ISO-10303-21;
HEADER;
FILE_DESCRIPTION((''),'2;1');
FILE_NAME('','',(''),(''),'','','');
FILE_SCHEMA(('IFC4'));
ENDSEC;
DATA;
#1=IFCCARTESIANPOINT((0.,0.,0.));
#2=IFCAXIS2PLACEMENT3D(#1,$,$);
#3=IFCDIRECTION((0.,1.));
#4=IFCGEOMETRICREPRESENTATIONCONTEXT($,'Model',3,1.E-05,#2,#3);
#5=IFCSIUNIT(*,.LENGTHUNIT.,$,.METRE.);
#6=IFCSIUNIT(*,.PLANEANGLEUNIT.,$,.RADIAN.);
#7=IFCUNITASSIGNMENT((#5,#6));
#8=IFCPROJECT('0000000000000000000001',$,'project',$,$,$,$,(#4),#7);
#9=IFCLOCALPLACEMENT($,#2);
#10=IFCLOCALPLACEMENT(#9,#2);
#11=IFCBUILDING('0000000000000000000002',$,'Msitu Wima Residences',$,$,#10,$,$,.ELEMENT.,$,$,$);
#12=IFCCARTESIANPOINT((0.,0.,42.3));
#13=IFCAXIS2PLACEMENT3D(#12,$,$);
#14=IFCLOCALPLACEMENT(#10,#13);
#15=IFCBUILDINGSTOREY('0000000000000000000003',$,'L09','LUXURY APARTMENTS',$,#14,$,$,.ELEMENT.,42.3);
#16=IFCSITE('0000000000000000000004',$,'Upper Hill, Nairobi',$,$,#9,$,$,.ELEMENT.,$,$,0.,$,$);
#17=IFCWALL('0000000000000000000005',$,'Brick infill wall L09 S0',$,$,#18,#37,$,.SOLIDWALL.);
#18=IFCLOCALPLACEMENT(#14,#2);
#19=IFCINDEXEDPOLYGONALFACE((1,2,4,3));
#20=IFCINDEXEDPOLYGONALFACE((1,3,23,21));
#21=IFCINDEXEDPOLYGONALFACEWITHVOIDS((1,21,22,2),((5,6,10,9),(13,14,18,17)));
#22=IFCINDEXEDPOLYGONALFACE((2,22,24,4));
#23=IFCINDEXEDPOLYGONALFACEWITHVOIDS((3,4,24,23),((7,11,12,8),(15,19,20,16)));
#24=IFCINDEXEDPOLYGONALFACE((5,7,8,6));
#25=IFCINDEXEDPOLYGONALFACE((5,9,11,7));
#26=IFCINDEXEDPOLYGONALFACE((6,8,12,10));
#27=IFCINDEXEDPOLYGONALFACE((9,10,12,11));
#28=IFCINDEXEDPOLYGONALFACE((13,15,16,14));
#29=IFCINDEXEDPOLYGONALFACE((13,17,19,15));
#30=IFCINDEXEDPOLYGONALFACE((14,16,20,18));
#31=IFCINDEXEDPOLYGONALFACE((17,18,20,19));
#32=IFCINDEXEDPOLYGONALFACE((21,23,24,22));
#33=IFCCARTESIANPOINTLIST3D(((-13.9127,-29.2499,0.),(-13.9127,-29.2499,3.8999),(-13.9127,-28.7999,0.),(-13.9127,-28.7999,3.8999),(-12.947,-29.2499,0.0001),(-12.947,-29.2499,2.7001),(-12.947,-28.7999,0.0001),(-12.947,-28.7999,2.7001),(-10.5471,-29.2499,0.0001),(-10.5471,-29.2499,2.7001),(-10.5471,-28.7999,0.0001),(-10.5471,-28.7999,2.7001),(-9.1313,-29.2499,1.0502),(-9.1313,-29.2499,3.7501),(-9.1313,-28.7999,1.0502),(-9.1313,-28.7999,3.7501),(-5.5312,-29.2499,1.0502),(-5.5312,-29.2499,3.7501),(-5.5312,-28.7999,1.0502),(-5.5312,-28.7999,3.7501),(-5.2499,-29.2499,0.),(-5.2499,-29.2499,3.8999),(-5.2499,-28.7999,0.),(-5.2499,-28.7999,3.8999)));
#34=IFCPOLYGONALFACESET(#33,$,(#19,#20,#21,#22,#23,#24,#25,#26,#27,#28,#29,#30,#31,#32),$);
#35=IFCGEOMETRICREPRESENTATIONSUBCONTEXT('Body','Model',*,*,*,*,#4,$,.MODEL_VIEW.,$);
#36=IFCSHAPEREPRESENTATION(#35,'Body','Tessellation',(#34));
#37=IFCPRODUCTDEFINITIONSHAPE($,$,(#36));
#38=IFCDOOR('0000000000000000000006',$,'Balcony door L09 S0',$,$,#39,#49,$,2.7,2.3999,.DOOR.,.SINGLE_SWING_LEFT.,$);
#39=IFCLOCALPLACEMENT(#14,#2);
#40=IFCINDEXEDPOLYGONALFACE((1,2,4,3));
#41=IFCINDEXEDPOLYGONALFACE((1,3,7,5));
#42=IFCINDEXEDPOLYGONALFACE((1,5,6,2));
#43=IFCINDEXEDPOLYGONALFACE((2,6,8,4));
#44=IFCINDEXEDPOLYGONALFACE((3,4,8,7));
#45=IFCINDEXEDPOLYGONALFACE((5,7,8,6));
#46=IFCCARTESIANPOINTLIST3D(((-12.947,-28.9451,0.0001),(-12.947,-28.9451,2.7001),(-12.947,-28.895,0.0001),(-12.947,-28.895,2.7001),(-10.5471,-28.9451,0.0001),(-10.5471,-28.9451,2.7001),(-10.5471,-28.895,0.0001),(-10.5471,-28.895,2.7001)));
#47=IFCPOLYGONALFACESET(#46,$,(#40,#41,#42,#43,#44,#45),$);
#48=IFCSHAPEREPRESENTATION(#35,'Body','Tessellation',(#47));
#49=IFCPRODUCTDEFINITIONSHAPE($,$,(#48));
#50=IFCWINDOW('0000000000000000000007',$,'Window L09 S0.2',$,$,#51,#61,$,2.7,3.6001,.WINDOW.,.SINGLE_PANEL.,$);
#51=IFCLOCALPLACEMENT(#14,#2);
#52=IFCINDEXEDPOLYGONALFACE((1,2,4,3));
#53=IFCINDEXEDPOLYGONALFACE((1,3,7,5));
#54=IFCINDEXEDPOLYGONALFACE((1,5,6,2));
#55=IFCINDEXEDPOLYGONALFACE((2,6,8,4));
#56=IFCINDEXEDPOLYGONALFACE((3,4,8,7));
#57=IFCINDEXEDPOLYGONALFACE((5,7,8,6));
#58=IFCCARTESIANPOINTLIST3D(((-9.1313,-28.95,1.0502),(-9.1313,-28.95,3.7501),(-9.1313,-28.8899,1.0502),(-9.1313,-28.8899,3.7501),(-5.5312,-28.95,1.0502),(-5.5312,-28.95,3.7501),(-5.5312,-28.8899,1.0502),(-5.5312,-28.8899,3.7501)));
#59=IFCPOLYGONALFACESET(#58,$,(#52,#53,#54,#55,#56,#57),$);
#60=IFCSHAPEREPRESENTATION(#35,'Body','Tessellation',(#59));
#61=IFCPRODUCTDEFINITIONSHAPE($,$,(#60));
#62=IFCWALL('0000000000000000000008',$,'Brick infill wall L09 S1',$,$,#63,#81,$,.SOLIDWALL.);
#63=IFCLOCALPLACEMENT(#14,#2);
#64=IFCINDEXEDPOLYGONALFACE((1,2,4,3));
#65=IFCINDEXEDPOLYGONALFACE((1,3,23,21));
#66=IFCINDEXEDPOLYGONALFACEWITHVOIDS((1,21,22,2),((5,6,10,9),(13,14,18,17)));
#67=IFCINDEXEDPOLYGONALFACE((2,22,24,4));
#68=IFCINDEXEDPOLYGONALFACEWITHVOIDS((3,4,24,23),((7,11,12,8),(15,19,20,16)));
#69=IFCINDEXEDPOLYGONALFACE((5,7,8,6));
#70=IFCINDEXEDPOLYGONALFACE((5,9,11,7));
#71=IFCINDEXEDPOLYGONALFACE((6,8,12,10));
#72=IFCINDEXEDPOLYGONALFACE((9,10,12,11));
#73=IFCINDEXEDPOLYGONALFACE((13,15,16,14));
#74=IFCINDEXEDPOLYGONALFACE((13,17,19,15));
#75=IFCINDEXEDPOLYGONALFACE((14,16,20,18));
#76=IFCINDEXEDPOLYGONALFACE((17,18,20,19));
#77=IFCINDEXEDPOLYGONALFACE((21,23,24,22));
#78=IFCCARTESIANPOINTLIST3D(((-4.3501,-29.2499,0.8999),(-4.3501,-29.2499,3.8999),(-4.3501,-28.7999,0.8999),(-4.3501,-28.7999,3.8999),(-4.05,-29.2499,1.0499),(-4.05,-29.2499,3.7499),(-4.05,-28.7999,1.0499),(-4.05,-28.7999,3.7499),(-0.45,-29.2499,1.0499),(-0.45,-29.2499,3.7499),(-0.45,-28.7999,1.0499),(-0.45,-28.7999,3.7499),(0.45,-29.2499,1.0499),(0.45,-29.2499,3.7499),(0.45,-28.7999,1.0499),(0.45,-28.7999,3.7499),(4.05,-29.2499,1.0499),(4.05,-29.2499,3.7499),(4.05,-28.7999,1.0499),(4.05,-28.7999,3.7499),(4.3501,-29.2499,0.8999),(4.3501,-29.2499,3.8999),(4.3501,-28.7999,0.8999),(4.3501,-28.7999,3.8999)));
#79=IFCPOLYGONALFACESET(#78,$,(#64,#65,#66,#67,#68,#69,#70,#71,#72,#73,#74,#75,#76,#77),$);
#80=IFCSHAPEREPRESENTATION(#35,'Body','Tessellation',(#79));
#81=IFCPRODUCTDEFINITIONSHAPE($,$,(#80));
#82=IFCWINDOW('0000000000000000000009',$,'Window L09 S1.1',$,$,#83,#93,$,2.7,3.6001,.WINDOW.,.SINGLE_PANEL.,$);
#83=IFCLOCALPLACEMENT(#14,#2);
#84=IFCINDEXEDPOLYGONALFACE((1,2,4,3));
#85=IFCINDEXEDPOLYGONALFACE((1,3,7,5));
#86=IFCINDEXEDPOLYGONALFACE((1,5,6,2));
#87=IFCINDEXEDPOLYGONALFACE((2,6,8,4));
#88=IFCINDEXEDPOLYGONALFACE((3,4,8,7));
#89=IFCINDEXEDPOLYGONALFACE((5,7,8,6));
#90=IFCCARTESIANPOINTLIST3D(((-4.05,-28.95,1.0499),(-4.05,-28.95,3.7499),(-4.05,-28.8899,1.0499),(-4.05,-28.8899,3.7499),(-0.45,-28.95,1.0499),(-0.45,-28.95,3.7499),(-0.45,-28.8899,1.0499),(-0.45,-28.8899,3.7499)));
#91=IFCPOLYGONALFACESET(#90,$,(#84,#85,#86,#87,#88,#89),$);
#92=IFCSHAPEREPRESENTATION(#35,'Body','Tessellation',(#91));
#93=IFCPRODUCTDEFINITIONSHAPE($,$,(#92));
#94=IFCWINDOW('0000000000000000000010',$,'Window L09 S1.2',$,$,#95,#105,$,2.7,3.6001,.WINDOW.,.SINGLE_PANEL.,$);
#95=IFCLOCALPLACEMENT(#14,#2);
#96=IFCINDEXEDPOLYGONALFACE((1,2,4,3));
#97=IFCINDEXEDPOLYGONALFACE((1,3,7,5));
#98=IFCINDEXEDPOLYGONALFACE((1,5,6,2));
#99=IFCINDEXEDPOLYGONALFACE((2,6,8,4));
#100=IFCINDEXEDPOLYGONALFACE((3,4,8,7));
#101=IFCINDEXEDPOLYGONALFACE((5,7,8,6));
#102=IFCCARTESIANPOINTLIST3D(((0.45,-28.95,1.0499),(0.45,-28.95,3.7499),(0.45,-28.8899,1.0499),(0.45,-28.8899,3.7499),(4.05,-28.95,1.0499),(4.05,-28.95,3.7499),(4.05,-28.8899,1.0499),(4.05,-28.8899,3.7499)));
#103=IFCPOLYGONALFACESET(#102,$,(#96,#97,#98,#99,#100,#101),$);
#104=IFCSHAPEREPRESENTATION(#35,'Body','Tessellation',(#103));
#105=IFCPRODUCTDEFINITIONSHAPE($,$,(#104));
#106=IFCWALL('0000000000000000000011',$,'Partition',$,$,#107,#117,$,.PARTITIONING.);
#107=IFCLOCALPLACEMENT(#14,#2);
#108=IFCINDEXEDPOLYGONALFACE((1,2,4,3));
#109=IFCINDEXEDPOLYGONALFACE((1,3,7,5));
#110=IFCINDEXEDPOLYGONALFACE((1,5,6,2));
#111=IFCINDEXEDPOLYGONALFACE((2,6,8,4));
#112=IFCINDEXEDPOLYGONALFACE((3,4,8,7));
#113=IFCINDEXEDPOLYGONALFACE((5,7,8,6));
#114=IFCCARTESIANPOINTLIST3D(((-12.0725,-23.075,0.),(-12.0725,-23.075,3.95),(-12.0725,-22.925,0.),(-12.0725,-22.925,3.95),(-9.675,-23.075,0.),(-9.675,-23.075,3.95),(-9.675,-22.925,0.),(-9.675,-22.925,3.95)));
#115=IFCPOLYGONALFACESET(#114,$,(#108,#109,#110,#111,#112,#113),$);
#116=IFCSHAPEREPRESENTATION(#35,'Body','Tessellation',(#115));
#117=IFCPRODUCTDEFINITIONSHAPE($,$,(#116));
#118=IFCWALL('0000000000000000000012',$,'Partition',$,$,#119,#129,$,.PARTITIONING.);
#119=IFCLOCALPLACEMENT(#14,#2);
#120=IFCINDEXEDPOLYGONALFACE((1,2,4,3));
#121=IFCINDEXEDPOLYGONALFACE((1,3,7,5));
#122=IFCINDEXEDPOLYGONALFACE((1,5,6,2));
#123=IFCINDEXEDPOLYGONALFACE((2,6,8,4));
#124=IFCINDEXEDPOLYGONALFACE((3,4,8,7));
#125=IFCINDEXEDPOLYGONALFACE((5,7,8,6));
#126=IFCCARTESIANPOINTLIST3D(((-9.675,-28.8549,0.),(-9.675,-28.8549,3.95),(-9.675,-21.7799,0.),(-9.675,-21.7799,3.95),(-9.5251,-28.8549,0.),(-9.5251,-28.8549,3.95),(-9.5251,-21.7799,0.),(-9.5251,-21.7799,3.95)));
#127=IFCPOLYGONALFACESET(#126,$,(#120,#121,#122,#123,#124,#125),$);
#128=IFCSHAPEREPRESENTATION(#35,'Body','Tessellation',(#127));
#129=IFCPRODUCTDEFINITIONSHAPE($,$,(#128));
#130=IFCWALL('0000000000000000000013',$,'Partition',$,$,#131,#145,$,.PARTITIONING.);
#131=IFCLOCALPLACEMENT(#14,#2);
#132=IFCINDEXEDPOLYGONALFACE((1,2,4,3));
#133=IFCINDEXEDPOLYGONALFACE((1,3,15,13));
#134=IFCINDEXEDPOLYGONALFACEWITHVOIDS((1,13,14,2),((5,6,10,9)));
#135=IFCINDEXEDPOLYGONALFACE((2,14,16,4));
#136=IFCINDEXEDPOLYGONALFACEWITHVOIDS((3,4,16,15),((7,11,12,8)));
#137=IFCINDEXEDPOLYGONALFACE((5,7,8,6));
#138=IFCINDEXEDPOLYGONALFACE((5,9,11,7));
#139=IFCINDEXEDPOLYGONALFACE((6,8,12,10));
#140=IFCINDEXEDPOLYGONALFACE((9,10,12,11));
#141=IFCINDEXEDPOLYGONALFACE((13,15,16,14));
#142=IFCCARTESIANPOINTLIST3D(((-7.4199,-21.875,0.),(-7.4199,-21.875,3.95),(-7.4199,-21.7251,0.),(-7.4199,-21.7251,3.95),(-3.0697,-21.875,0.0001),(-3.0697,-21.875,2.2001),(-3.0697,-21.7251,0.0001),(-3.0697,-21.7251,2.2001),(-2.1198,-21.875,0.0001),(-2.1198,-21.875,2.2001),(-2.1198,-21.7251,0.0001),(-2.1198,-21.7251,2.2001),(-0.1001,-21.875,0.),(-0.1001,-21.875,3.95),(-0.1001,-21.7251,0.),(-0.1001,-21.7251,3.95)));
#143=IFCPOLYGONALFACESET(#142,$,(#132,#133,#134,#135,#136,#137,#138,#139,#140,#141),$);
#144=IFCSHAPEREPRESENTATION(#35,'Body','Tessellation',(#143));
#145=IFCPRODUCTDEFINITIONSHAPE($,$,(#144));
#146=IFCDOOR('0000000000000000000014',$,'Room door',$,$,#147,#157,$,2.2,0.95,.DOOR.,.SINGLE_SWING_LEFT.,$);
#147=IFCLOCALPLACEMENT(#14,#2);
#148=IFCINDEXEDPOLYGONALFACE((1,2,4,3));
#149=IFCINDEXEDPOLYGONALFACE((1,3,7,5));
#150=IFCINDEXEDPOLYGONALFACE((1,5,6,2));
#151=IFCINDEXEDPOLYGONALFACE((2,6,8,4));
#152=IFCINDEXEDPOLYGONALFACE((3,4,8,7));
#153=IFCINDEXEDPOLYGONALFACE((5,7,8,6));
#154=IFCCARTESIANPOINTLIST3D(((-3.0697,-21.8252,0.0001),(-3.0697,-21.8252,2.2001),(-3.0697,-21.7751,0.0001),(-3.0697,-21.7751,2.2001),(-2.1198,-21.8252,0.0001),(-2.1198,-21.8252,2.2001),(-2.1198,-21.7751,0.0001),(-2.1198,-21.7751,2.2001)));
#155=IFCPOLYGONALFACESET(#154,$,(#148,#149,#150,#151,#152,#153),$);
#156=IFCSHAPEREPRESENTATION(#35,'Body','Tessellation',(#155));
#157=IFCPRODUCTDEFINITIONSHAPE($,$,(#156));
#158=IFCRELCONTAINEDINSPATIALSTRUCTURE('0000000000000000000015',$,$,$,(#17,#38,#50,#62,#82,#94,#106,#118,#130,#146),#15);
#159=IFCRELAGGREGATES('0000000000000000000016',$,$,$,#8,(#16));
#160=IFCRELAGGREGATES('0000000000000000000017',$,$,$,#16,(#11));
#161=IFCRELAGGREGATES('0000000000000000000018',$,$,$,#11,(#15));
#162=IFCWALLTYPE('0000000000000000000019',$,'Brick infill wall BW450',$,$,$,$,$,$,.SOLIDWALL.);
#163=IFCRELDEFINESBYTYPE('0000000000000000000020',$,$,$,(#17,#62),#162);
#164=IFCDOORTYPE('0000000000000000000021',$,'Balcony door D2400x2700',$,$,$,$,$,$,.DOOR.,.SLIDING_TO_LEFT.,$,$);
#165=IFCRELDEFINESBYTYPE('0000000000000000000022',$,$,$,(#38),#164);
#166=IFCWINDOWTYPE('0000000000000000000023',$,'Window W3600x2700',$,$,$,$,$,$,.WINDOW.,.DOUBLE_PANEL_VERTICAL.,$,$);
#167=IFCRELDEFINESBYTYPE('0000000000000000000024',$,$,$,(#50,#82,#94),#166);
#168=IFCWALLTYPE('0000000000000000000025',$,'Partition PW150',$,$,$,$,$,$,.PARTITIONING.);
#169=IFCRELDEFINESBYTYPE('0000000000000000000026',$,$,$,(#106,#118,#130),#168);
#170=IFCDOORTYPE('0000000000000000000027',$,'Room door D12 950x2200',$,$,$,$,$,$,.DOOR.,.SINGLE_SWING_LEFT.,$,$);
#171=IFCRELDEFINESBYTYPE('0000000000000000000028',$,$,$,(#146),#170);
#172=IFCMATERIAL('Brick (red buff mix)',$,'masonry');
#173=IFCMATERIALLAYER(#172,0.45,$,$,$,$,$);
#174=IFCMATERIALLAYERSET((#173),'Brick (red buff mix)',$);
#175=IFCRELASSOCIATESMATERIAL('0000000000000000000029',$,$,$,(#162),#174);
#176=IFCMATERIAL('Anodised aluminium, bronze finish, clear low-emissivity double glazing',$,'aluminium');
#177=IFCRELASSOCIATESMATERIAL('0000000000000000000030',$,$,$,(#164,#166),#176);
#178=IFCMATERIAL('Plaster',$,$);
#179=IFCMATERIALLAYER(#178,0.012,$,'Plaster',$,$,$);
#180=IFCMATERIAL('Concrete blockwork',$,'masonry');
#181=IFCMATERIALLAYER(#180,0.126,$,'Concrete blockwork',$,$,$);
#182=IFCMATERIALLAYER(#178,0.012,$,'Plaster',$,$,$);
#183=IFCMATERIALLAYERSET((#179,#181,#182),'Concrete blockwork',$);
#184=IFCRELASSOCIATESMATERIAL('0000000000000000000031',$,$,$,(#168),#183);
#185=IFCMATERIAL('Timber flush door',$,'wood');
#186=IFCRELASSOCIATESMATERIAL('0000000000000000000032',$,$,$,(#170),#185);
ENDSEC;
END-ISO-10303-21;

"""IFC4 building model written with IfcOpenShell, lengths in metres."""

from ifc_helpers import new_model, si_unit, direction, frame, frame_2d, origin, place, context, subcontext, project, spatial, rectangle, extrude, material, layer, layer_set, type_object, element, fill, save


model = new_model("IFC4")

# Units and contexts
model_context = context("Model", 3, precision=1e-05, world=origin(), true_north=direction((0.0, 1.0)))
body_context = subcontext(model_context, "Body", "Model", "MODEL_VIEW")
ifc_project = project(units=[si_unit("LENGTHUNIT", "METRE"), si_unit("PLANEANGLEUNIT", "RADIAN")], contexts=[model_context])

# Site, building, storey
site_placement = place(None, origin())
site = spatial("IfcSite", under=ifc_project, at=site_placement, Name="Upper Hill, Nairobi", CompositionType="ELEMENT", RefElevation=0.0)
building_placement = place(site_placement, origin())
building = spatial("IfcBuilding", under=site, at=building_placement, Name="Msitu Wima Residences", CompositionType="ELEMENT")
storey_placement = place(building_placement, frame((0.0, 0.0, 42.3)))
storey = spatial("IfcBuildingStorey", under=building, at=storey_placement, Name="L09", Description="LUXURY APARTMENTS", CompositionType="ELEMENT", Elevation=42.3)

# Wall, openings, door, window
ifc_material_1 = material(Name="Brick (red buff mix)", Category="masonry")
ifc_layer_1 = layer(ifc_material_1, 0.45)
ifc_layer_set_1 = layer_set([ifc_layer_1], Name="Brick (red buff mix)")
wall_type_1 = type_object("IfcWallType", Name="Brick infill wall BW450", PredefinedType="SOLIDWALL", material=ifc_layer_set_1)
wall_1_placement = place(storey_placement, frame((-13.9128, -29.0249, 0.0), z_axis=(0.0, 0.0, 1.0), x_axis=(1.0, 0.0, 0.0)))
wall_1 = element("IfcWall", 1, at=wall_1_placement, inside=storey, type_object=wall_type_1, Name="Brick infill wall L09 S0", PredefinedType="SOLIDWALL", context=body_context, shape_type="SweptSolid", body=[
    extrude(rectangle(XDim=8.6628, YDim=0.45, at=frame_2d((4.3315, 0.0))), origin(), (0.0, 0.0, 1.0), 3.8999),
])
opening_1_placement = place(wall_1_placement, frame((0.9658, 0.0, 0.0)))
opening_1 = element("IfcOpeningElement", 2, at=opening_1_placement, cuts=wall_1, PredefinedType="OPENING", context=body_context, shape_type="SweptSolid", body=[
    extrude(rectangle(XDim=2.3999, YDim=2.7, at=frame_2d((1.2, 1.3501))), frame((0.0, 0.2349, 0.0), z_axis=(0.0, -1.0, 0.0), x_axis=(1.0, 0.0, 0.0)), (0.0, 0.0, 1.0), 0.47),
])
opening_2_placement = place(wall_1_placement, frame((4.7815, 0.0, 1.05)))
opening_2 = element("IfcOpeningElement", 3, at=opening_2_placement, cuts=wall_1, PredefinedType="OPENING", context=body_context, shape_type="SweptSolid", body=[
    extrude(rectangle(XDim=3.6001, YDim=2.7, at=frame_2d((1.8, 1.3501))), frame((0.0, 0.2349, 0.0), z_axis=(0.0, -1.0, 0.0), x_axis=(1.0, 0.0, 0.0)), (0.0, 0.0, 1.0), 0.47),
])
ifc_material_2 = material(Name="Anodised aluminium, bronze finish, clear low-emissivity double glazing", Category="aluminium")
door_type_1 = type_object("IfcDoorType", Name="Balcony door D2400x2700", OperationType="SLIDING_TO_LEFT", PredefinedType="DOOR", material=ifc_material_2)
door_1_placement = place(opening_1_placement, origin())
door_1 = element("IfcDoor", 4, at=door_1_placement, inside=storey, type_object=door_type_1, Name="Balcony door L09 S0", OperationType="SINGLE_SWING_LEFT", OverallHeight=2.7, OverallWidth=2.3999, PredefinedType="DOOR", context=body_context, shape_type="SweptSolid", body=[
    extrude(rectangle(XDim=2.3999, YDim=2.7, at=frame_2d((1.2, 1.3501))), frame((0.0, 0.1299, 0.0), z_axis=(0.0, -1.0, 0.0), x_axis=(1.0, 0.0, 0.0)), (0.0, 0.0, 1.0), 0.05),
])
fill(opening_1, door_1)
window_type = type_object("IfcWindowType", Name="Window W3600x2700", PartitioningType="DOUBLE_PANEL_VERTICAL", PredefinedType="WINDOW", material=ifc_material_2)
window_1_placement = place(opening_2_placement, origin())
window_1 = element("IfcWindow", 5, at=window_1_placement, inside=storey, type_object=window_type, Name="Window L09 S0.2", OverallHeight=2.7, OverallWidth=3.6001, PartitioningType="SINGLE_PANEL", PredefinedType="WINDOW", context=body_context, shape_type="SweptSolid", body=[
    extrude(rectangle(XDim=3.6001, YDim=2.7, at=frame_2d((1.8, 1.3501))), frame((0.0, 0.135, 0.0), z_axis=(0.0, -1.0, 0.0), x_axis=(1.0, 0.0, 0.0)), (0.0, 0.0, 1.0), 0.0601),
])
fill(opening_2, window_1)

# Wall, openings, windows
wall_2_placement = place(storey_placement, frame((-4.3501, -29.0249, 0.8999), z_axis=(0.0, 0.0, 1.0), x_axis=(1.0, 0.0, 0.0)))
wall_2 = element("IfcWall", 6, at=wall_2_placement, inside=storey, type_object=wall_type_1, Name="Brick infill wall L09 S1", PredefinedType="SOLIDWALL", context=body_context, shape_type="SweptSolid", body=[
    extrude(rectangle(XDim=8.7002, YDim=0.45, at=frame_2d((4.3501, 0.0))), origin(), (0.0, 0.0, 1.0), 3.0),
])
opening_3_placement = place(wall_2_placement, frame((0.3, 0.0, 0.1499)))
opening_3 = element("IfcOpeningElement", 7, at=opening_3_placement, cuts=wall_2, PredefinedType="OPENING", context=body_context, shape_type="SweptSolid", body=[
    extrude(rectangle(XDim=3.6001, YDim=2.7, at=frame_2d((1.8, 1.3501))), frame((0.0, 0.2349, 0.0), z_axis=(0.0, -1.0, 0.0), x_axis=(1.0, 0.0, 0.0)), (0.0, 0.0, 1.0), 0.47),
])
opening_4_placement = place(wall_2_placement, frame((4.8, 0.0, 0.1499)))
opening_4 = element("IfcOpeningElement", 8, at=opening_4_placement, cuts=wall_2, PredefinedType="OPENING", context=body_context, shape_type="SweptSolid", body=[
    extrude(rectangle(XDim=3.6001, YDim=2.7, at=frame_2d((1.8, 1.3501))), frame((0.0, 0.2349, 0.0), z_axis=(0.0, -1.0, 0.0), x_axis=(1.0, 0.0, 0.0)), (0.0, 0.0, 1.0), 0.47),
])
window_2_placement = place(opening_3_placement, origin())
window_2 = element("IfcWindow", 9, at=window_2_placement, inside=storey, type_object=window_type, Name="Window L09 S1.1", OverallHeight=2.7, OverallWidth=3.6001, PartitioningType="SINGLE_PANEL", PredefinedType="WINDOW", context=body_context, shape_type="SweptSolid", body=[
    extrude(rectangle(XDim=3.6001, YDim=2.7, at=frame_2d((1.8, 1.3501))), frame((0.0, 0.135, 0.0), z_axis=(0.0, -1.0, 0.0), x_axis=(1.0, 0.0, 0.0)), (0.0, 0.0, 1.0), 0.0601),
])
fill(opening_3, window_2)
window_3_placement = place(opening_4_placement, origin())
window_3 = element("IfcWindow", 10, at=window_3_placement, inside=storey, type_object=window_type, Name="Window L09 S1.2", OverallHeight=2.7, OverallWidth=3.6001, PartitioningType="SINGLE_PANEL", PredefinedType="WINDOW", context=body_context, shape_type="SweptSolid", body=[
    extrude(rectangle(XDim=3.6001, YDim=2.7, at=frame_2d((1.8, 1.3501))), frame((0.0, 0.135, 0.0), z_axis=(0.0, -1.0, 0.0), x_axis=(1.0, 0.0, 0.0)), (0.0, 0.0, 1.0), 0.0601),
])
fill(opening_4, window_3)

# Walls
ifc_material_3 = material(Name="Plaster")
ifc_layer_2 = layer(ifc_material_3, 0.012, Name="Plaster")
ifc_material_4 = material(Name="Concrete blockwork", Category="masonry")
ifc_layer_3 = layer(ifc_material_4, 0.126, Name="Concrete blockwork")
ifc_layer_4 = layer(ifc_material_3, 0.012, Name="Plaster")
ifc_layer_set_2 = layer_set([ifc_layer_2, ifc_layer_3, ifc_layer_4], Name="Concrete blockwork")
wall_type_2 = type_object("IfcWallType", Name="Partition PW150", PredefinedType="PARTITIONING", material=ifc_layer_set_2)
wall_3_placement = place(storey_placement, frame((-12.0725, -23.0, 0.0), z_axis=(0.0, 0.0, 1.0), x_axis=(1.0, 0.0, 0.0)))
element("IfcWall", 11, at=wall_3_placement, inside=storey, type_object=wall_type_2, Name="Partition", PredefinedType="PARTITIONING", context=body_context, shape_type="SweptSolid", body=[
    extrude(rectangle(XDim=2.3975, YDim=0.1499, at=frame_2d((1.1987, 0.0))), origin(), (0.0, 0.0, 1.0), 3.95),
])
wall_4_placement = place(storey_placement, frame((-9.6001, -28.855, 0.0), z_axis=(0.0, 0.0, 1.0), x_axis=(0.0, 1.0, 0.0)))
element("IfcWall", 12, at=wall_4_placement, inside=storey, type_object=wall_type_2, Name="Partition", PredefinedType="PARTITIONING", context=body_context, shape_type="SweptSolid", body=[
    extrude(rectangle(XDim=7.075, YDim=0.1499, at=frame_2d((3.5376, 0.0))), origin(), (0.0, 0.0, 1.0), 3.95),
])

# Wall, opening, door
wall_5_placement = place(storey_placement, frame((-7.4199, -21.8, 0.0), z_axis=(0.0, 0.0, 1.0), x_axis=(1.0, 0.0, 0.0)))
wall_5 = element("IfcWall", 13, at=wall_5_placement, inside=storey, type_object=wall_type_2, Name="Partition", PredefinedType="PARTITIONING", context=body_context, shape_type="SweptSolid", body=[
    extrude(rectangle(XDim=7.3198, YDim=0.1499, at=frame_2d((3.6599, 0.0))), origin(), (0.0, 0.0, 1.0), 3.95),
])
opening_5_placement = place(wall_5_placement, frame((4.3501, 0.0, 0.0)))
opening_5 = element("IfcOpeningElement", 14, at=opening_5_placement, cuts=wall_5, PredefinedType="OPENING", context=body_context, shape_type="SweptSolid", body=[
    extrude(rectangle(XDim=0.95, YDim=2.2, at=frame_2d((0.4751, 1.1001))), frame((0.0, 0.085, 0.0), z_axis=(0.0, -1.0, 0.0), x_axis=(1.0, 0.0, 0.0)), (0.0, 0.0, 1.0), 0.1699),
])
ifc_material_5 = material(Name="Timber flush door", Category="wood")
door_type_2 = type_object("IfcDoorType", Name="Room door D12 950x2200", OperationType="SINGLE_SWING_LEFT", PredefinedType="DOOR", material=ifc_material_5)
door_2_placement = place(opening_5_placement, origin())
door_2 = element("IfcDoor", 15, at=door_2_placement, inside=storey, type_object=door_type_2, Name="Room door", OperationType="SINGLE_SWING_LEFT", OverallHeight=2.2, OverallWidth=0.95, PredefinedType="DOOR", context=body_context, shape_type="SweptSolid", body=[
    extrude(rectangle(XDim=0.95, YDim=2.2, at=frame_2d((0.4751, 1.1001))), frame((0.0, 0.0249, 0.0), z_axis=(0.0, -1.0, 0.0), x_axis=(1.0, 0.0, 0.0)), (0.0, 0.0, 1.0), 0.05),
])
fill(opening_5, door_2)

save(model, "model.ifc")
